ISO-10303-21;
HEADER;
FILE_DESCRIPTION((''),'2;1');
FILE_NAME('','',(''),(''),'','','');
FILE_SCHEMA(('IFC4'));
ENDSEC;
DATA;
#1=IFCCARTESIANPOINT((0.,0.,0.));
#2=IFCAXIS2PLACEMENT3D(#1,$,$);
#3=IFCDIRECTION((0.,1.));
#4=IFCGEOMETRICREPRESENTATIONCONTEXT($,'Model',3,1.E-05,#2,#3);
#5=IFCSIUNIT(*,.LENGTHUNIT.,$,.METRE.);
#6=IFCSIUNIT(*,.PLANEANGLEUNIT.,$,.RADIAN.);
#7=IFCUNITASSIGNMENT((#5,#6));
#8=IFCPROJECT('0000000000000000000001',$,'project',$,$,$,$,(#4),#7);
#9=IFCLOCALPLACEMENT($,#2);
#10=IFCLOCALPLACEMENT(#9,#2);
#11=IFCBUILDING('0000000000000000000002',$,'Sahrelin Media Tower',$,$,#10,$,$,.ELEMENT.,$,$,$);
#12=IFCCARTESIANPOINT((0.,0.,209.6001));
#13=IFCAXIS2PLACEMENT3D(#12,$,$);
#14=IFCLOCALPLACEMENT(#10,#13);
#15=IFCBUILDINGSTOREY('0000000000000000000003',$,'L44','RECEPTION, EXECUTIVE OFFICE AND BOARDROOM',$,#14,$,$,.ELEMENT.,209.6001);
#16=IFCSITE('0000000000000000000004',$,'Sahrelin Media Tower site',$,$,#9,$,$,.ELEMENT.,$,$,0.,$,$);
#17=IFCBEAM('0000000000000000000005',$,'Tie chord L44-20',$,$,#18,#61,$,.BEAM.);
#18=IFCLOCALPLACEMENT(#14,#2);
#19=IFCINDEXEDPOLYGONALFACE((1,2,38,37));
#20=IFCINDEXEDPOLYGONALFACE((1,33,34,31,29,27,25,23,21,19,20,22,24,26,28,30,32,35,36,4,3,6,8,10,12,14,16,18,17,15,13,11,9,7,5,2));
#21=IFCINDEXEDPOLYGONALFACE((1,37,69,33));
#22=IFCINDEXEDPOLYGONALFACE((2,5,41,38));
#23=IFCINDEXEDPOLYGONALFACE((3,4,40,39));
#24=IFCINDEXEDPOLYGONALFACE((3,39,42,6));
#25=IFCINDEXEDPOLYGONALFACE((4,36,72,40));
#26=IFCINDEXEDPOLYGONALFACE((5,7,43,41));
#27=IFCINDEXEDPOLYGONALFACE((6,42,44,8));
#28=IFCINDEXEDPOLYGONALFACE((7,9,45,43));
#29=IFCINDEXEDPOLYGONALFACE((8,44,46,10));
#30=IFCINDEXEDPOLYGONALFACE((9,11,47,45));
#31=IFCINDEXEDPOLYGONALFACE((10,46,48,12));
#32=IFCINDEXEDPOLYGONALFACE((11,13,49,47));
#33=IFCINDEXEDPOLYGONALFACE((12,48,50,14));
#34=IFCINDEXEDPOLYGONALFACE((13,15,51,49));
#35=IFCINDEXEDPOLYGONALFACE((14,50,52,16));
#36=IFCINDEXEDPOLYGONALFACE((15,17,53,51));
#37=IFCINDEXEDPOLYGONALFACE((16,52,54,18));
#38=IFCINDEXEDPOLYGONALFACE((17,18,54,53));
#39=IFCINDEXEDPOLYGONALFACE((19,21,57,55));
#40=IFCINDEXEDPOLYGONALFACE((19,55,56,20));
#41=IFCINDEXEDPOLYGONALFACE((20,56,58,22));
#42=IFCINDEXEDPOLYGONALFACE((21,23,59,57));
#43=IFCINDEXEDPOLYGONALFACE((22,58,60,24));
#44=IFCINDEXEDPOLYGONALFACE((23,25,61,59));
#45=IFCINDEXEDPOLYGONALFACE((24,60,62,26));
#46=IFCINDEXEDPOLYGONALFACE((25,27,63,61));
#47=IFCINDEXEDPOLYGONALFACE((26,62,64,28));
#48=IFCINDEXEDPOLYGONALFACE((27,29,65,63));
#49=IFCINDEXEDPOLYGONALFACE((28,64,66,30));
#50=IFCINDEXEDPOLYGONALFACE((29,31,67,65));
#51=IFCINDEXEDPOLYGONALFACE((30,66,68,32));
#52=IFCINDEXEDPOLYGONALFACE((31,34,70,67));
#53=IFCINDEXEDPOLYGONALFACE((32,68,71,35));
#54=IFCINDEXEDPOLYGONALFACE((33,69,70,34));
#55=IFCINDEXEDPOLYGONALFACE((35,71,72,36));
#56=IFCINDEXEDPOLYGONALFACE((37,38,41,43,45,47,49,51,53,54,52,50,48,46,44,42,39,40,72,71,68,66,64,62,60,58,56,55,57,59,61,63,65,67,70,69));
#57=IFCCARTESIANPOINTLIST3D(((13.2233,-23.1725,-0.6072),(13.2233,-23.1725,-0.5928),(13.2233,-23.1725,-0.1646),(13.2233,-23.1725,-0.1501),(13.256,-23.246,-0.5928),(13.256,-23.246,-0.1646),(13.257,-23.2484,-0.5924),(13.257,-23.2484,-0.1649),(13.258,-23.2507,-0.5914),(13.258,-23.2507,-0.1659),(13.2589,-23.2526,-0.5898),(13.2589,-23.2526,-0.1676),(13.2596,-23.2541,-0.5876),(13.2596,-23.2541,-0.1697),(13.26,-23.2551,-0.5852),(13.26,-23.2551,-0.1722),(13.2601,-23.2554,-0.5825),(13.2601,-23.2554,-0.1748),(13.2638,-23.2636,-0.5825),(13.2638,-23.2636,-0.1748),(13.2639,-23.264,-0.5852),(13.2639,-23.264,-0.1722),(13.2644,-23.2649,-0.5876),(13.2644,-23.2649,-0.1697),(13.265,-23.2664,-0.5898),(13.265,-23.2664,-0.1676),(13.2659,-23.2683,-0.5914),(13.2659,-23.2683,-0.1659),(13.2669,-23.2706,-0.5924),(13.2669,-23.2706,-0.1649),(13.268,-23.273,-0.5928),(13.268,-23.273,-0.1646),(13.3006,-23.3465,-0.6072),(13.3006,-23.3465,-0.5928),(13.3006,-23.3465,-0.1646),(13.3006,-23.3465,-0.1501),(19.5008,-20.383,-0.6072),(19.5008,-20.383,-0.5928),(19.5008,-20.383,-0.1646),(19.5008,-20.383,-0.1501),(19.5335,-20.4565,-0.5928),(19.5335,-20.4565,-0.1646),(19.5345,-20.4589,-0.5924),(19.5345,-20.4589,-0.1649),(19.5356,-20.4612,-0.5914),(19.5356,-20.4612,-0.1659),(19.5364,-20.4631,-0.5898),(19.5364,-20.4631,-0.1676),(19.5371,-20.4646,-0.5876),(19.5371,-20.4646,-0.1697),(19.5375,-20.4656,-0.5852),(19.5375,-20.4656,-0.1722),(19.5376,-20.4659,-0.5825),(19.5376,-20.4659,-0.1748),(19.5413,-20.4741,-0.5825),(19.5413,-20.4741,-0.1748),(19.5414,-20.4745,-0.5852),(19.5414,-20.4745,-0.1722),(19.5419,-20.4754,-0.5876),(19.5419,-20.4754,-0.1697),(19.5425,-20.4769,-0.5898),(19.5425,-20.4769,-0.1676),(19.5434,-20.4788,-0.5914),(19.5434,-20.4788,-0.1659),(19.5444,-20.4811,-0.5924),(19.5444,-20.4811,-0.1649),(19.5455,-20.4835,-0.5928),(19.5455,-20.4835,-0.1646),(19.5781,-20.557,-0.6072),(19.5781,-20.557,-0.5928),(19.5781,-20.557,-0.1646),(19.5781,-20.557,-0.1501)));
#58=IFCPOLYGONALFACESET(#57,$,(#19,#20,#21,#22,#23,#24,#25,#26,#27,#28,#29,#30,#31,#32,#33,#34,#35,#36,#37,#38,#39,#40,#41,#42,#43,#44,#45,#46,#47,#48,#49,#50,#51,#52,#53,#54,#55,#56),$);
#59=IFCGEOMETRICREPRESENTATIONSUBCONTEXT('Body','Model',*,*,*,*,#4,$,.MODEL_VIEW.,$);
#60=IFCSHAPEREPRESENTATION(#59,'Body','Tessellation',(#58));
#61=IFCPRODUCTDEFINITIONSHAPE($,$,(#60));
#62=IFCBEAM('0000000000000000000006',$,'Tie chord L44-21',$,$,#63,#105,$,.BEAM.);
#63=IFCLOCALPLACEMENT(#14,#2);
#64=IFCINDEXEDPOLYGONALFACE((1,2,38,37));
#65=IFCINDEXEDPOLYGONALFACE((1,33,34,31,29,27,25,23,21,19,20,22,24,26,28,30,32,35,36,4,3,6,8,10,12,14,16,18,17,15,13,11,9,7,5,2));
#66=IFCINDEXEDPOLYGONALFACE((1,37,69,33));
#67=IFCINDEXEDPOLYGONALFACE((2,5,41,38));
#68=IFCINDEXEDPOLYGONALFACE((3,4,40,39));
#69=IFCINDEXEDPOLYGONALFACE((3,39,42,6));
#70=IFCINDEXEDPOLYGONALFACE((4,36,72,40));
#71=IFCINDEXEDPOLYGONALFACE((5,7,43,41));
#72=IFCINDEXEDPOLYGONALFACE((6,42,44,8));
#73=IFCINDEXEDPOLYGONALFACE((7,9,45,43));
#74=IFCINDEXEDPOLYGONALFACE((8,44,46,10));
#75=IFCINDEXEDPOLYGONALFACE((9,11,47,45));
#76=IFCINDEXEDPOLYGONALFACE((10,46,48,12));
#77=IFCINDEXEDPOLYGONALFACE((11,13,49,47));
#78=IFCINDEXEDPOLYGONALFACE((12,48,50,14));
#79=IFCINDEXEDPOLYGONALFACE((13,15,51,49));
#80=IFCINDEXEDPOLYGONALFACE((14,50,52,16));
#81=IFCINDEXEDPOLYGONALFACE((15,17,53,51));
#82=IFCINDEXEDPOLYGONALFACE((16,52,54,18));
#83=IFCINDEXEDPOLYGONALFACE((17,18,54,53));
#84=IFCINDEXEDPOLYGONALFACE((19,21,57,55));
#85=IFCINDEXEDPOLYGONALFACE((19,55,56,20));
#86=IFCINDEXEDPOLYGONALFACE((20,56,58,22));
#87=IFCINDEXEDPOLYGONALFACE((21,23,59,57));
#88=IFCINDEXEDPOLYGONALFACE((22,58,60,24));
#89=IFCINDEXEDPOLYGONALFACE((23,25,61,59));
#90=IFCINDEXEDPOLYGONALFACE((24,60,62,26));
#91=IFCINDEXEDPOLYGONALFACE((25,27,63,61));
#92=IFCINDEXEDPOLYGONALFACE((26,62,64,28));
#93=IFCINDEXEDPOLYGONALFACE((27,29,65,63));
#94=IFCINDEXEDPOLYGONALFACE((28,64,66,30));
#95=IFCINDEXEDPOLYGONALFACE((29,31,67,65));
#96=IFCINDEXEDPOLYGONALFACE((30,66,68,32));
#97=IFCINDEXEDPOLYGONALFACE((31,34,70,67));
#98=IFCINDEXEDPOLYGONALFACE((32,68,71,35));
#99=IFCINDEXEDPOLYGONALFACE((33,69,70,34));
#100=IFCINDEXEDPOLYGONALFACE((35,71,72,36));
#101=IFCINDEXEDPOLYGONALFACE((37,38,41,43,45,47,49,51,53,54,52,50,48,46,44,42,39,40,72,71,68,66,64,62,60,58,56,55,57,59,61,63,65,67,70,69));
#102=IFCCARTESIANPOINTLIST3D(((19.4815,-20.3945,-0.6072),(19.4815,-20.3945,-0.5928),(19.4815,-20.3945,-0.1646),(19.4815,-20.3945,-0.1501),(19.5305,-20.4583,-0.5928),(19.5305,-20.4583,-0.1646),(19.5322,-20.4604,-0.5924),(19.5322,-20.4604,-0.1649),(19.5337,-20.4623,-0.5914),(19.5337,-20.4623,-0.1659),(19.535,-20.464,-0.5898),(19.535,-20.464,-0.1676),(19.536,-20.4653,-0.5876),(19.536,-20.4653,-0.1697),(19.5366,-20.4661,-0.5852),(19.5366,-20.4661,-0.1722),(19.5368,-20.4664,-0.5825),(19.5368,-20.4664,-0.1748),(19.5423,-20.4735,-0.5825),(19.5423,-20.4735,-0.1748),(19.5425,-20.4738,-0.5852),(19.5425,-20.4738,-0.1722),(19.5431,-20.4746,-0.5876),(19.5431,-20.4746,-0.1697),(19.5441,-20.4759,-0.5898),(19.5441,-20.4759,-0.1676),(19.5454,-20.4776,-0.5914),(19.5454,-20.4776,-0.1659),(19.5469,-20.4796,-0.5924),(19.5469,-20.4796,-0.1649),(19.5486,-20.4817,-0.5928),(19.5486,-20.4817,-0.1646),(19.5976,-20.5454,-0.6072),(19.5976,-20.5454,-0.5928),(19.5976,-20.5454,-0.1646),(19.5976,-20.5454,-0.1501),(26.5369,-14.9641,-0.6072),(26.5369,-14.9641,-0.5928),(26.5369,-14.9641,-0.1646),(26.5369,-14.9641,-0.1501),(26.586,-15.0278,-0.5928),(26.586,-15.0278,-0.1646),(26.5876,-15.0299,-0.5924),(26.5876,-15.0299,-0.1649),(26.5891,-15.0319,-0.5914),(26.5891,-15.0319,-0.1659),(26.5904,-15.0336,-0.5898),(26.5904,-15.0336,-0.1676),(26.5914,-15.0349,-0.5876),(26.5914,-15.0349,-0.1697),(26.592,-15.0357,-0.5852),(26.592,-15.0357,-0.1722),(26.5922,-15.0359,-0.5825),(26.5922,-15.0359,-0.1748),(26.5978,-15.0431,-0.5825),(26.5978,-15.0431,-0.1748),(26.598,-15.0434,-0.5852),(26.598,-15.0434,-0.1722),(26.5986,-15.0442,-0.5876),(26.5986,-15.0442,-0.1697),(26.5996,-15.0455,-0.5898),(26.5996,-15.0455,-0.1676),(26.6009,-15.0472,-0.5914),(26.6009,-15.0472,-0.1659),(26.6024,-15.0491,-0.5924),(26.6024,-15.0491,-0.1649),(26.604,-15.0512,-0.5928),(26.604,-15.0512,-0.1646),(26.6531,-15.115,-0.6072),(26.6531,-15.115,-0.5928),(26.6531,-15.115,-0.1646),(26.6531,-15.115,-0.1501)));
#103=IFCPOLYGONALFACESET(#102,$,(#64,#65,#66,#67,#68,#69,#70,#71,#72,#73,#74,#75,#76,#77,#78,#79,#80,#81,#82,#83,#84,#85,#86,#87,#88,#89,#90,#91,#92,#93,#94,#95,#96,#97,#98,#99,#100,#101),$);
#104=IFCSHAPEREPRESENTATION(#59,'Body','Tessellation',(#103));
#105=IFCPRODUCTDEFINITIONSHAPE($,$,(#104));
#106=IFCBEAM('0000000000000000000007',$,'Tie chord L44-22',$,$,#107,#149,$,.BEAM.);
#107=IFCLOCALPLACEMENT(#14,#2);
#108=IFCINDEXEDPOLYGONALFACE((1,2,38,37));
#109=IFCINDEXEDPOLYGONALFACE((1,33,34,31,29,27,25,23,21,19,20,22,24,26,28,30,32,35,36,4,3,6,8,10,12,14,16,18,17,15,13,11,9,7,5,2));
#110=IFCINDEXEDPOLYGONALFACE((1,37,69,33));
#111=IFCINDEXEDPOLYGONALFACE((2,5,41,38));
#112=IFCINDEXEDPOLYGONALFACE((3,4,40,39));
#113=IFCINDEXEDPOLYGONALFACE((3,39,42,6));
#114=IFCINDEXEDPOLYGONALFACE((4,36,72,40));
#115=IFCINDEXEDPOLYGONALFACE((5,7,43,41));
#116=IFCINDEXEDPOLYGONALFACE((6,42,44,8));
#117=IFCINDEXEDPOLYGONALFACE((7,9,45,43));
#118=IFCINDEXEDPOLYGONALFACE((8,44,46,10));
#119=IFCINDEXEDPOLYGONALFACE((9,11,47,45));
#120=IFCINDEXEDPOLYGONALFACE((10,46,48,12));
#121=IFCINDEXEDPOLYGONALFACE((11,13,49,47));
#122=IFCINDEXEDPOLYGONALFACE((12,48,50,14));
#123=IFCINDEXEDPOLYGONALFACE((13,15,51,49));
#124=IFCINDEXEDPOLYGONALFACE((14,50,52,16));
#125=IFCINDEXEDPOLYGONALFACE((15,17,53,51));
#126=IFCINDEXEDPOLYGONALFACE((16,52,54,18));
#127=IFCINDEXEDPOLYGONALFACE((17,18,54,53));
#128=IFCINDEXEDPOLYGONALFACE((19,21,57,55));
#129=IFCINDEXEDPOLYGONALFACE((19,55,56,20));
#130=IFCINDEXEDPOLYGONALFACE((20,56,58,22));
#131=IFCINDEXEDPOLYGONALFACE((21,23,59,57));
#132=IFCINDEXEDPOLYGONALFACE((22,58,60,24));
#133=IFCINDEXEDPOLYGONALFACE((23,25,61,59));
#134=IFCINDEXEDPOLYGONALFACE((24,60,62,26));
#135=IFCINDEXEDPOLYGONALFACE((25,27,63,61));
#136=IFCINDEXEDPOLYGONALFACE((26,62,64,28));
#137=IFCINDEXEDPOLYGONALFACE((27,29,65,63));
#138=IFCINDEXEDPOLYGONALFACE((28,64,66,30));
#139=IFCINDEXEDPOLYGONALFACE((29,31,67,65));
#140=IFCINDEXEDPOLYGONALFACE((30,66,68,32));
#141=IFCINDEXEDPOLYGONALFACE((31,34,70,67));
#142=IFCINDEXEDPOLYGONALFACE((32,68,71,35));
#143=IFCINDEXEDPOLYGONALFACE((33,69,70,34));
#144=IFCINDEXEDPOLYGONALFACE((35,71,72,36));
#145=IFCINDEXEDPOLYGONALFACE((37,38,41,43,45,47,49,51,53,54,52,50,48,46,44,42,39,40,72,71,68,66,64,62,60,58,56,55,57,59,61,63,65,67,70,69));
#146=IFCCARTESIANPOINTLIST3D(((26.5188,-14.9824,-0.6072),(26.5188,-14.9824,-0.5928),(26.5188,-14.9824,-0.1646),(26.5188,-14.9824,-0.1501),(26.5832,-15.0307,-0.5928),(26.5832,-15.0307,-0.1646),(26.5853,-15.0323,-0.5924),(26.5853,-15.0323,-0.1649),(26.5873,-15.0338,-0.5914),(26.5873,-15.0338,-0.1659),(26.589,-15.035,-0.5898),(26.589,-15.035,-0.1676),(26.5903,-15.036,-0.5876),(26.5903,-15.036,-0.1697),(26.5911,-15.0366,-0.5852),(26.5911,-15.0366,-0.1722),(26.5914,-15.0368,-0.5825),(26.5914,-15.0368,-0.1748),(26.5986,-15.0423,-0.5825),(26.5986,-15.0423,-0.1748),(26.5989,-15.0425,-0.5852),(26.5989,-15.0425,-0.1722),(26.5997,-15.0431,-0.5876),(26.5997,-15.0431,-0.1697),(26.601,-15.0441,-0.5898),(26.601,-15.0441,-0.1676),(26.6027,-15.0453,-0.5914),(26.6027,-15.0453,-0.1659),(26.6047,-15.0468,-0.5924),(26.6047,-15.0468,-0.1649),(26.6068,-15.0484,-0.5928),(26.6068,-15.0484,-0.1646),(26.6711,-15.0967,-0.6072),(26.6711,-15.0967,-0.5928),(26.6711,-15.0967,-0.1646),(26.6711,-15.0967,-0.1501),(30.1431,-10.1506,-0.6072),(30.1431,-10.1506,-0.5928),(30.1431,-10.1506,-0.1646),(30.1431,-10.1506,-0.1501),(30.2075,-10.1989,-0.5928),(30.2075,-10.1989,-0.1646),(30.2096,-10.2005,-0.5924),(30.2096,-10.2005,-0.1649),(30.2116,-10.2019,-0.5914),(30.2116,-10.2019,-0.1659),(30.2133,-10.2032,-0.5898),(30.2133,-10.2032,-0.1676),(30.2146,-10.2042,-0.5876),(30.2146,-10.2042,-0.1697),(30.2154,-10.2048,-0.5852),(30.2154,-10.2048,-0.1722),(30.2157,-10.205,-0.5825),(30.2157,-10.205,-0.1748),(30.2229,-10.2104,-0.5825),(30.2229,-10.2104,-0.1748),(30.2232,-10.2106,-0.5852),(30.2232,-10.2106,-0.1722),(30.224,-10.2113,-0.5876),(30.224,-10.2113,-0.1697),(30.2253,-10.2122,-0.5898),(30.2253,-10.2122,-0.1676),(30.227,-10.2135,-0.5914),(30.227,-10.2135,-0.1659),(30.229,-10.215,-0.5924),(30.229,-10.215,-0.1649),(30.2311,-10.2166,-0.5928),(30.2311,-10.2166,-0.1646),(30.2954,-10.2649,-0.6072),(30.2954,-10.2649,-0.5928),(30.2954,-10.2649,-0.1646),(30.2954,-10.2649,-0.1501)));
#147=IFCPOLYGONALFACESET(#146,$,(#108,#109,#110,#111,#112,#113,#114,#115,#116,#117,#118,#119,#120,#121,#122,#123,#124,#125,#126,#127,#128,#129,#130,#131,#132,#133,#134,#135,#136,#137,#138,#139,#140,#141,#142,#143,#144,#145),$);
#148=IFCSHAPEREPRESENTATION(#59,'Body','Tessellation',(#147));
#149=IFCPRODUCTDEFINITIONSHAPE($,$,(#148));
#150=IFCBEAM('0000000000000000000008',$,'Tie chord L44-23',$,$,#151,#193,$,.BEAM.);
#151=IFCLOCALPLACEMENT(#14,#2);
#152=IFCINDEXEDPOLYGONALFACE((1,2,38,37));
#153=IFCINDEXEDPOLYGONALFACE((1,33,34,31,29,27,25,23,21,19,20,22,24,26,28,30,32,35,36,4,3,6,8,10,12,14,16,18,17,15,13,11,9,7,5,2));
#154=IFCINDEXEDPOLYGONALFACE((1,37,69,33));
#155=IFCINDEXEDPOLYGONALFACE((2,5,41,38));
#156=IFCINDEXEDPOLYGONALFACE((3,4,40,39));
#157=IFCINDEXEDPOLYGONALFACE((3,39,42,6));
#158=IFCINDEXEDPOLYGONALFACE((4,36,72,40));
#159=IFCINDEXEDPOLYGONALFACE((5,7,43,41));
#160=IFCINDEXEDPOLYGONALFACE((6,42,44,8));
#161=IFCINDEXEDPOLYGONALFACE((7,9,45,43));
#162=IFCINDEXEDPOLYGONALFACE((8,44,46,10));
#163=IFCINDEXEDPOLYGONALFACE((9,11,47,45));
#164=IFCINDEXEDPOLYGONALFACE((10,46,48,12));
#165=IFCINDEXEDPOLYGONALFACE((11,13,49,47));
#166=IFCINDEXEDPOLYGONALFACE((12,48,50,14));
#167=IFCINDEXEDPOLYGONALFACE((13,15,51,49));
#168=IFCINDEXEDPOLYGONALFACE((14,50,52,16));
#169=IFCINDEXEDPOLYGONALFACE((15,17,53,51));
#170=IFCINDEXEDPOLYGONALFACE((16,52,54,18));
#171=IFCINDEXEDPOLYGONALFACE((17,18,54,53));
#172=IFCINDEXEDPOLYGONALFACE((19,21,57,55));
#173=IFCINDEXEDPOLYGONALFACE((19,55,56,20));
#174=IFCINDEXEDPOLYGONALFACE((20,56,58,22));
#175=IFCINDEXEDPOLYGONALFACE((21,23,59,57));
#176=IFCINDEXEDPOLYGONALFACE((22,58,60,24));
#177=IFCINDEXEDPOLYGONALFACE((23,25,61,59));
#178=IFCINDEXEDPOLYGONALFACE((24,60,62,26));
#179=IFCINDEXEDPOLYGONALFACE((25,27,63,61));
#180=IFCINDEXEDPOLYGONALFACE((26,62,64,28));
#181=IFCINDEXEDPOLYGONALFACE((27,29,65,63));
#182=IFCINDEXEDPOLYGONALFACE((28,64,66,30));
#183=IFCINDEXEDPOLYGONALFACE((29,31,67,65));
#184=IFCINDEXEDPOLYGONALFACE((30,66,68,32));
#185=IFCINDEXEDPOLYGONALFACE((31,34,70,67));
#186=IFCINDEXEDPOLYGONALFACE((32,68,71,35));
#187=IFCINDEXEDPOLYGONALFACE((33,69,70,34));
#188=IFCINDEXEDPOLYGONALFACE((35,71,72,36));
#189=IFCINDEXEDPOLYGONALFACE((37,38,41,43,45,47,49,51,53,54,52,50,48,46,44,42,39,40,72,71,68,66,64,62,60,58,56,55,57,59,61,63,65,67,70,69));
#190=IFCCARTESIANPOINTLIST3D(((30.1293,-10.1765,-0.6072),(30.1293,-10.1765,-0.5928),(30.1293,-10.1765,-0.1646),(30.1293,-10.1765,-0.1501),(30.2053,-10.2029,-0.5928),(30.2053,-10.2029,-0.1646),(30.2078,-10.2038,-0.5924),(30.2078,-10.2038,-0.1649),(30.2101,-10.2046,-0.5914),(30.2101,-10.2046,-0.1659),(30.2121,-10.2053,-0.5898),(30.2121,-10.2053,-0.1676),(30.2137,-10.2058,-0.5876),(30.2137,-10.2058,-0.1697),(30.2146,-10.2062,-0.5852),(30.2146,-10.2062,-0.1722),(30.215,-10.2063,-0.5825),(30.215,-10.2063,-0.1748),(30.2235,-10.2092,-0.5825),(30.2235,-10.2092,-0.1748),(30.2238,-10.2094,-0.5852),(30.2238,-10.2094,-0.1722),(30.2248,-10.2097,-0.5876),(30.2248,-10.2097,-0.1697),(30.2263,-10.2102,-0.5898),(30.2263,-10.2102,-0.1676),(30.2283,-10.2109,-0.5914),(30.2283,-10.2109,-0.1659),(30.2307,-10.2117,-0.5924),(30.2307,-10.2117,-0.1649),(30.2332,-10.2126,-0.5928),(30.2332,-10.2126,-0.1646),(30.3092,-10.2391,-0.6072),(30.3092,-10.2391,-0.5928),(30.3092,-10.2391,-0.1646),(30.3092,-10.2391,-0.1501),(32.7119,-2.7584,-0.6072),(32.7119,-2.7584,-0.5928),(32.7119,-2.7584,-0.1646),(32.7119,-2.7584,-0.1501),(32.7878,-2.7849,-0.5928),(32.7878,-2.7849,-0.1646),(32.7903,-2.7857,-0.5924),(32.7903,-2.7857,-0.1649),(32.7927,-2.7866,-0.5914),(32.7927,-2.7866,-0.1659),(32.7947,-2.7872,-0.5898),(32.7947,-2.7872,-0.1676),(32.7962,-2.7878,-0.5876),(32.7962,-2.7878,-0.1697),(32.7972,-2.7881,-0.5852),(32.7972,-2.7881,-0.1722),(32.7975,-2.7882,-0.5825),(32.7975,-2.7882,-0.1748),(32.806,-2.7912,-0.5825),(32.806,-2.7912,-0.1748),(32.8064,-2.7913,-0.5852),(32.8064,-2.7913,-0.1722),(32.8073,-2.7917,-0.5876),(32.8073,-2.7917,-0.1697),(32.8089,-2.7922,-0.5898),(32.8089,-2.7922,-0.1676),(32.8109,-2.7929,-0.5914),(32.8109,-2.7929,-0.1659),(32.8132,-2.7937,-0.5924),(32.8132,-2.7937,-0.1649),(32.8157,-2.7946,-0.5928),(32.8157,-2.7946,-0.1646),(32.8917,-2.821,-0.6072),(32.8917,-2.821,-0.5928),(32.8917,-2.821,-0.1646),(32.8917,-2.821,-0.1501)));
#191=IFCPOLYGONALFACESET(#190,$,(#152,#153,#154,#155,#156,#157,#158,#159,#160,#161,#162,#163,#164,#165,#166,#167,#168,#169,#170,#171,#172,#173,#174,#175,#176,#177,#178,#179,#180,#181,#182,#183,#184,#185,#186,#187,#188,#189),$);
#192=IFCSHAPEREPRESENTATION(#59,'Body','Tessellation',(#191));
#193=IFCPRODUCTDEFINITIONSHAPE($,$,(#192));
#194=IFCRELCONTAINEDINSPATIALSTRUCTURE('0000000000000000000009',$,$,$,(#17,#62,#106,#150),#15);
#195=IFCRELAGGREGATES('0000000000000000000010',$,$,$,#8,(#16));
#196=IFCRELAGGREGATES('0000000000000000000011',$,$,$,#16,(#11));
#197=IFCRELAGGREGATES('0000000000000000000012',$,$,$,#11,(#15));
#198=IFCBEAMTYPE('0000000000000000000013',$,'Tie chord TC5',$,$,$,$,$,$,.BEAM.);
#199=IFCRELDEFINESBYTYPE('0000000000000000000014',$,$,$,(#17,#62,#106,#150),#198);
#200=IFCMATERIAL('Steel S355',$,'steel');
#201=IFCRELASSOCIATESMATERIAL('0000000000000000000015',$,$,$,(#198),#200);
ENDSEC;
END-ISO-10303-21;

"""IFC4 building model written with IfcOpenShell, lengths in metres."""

from ifc_helpers import new_model, si_unit, direction, frame, origin, origin_2d, place, context, subcontext, project, spatial, i_section, extrude, material, material_profile, profile_set, type_object, element, save


model = new_model("IFC4")

# Units and contexts
model_context = context("Model", 3, precision=1e-05, world=origin(), true_north=direction((0.0, 1.0)))
body_context = subcontext(model_context, "Body", "Model", "MODEL_VIEW")
ifc_project = project(units=[si_unit("LENGTHUNIT", "METRE"), si_unit("PLANEANGLEUNIT", "RADIAN")], contexts=[model_context])

# Site, building, storey
site_placement = place(None, origin())
site = spatial("IfcSite", under=ifc_project, at=site_placement, Name="Sahrelin Media Tower site", CompositionType="ELEMENT", RefElevation=0.0)
building_placement = place(site_placement, origin())
building = spatial("IfcBuilding", under=site, at=building_placement, Name="Sahrelin Media Tower", CompositionType="ELEMENT")
storey_placement = place(building_placement, frame((0.0, 0.0, 209.6001)))
storey = spatial("IfcBuildingStorey", under=building, at=storey_placement, Name="L44", Description="RECEPTION, EXECUTIVE OFFICE AND BOARDROOM", CompositionType="ELEMENT", Elevation=209.6001)

# Shared definitions
ifc_material_1 = material(Name="Steel S355", Category="steel")

# Beams
ifc_material_profile_1 = material_profile(ifc_material_1, i_section(OverallWidth=0.1904, OverallDepth=0.457, WebThickness=0.009, FlangeThickness=0.0144, FilletRadius=0.0103, at=origin_2d()), Name="UB 457x191x74")
ifc_profile_set_1 = profile_set([ifc_material_profile_1], Name="Steel S355")
beam_type_1 = type_object("IfcBeamType", Name="Tie chord TC5", PredefinedType="BEAM", material=ifc_profile_set_1)
beam_1_placement = place(storey_placement, frame((13.262, -23.2595, -0.3787), z_axis=(0.913838, 0.406079, 0.0), x_axis=(-0.406079, 0.913838, 0.0)))
element("IfcBeam", 1, at=beam_1_placement, inside=storey, type_object=beam_type_1, Name="Tie chord L44-20", PredefinedType="BEAM", context=body_context, shape_type="SweptSolid", body=[
    extrude(i_section(OverallWidth=0.1904, OverallDepth=0.457, WebThickness=0.009, FlangeThickness=0.0144, FilletRadius=0.0103, at=origin_2d()), origin(), (0.0, 0.0, 1.0), 6.8694),
])
beam_2_placement = place(storey_placement, frame((19.5396, -20.47, -0.3787), z_axis=(0.792452, 0.609935, 0.0), x_axis=(-0.609935, 0.792452, 0.0)))
element("IfcBeam", 2, at=beam_2_placement, inside=storey, type_object=beam_type_1, Name="Tie chord L44-21", PredefinedType="BEAM", context=body_context, shape_type="SweptSolid", body=[
    extrude(i_section(OverallWidth=0.1904, OverallDepth=0.457, WebThickness=0.009, FlangeThickness=0.0144, FilletRadius=0.0103, at=origin_2d()), origin(), (0.0, 0.0, 1.0), 8.9033),
])
beam_3_placement = place(storey_placement, frame((26.595, -15.0396, -0.3787), z_axis=(0.600045, 0.799966, 0.0), x_axis=(-0.799966, 0.600045, 0.0)))
element("IfcBeam", 3, at=beam_3_placement, inside=storey, type_object=beam_type_1, Name="Tie chord L44-22", PredefinedType="BEAM", context=body_context, shape_type="SweptSolid", body=[
    extrude(i_section(OverallWidth=0.1904, OverallDepth=0.457, WebThickness=0.009, FlangeThickness=0.0144, FilletRadius=0.0103, at=origin_2d()), origin(), (0.0, 0.0, 1.0), 6.04),
])
beam_4_placement = place(storey_placement, frame((30.2192, -10.2078, -0.3787), z_axis=(0.328788, 0.944404, 0.0), x_axis=(-0.944404, 0.328788, 0.0)))
element("IfcBeam", 4, at=beam_4_placement, inside=storey, type_object=beam_type_1, Name="Tie chord L44-23", PredefinedType="BEAM", context=body_context, shape_type="SweptSolid", body=[
    extrude(i_section(OverallWidth=0.1904, OverallDepth=0.457, WebThickness=0.009, FlangeThickness=0.0144, FilletRadius=0.0103, at=origin_2d()), origin(), (0.0, 0.0, 1.0), 7.8547),
])

save(model, "model.ifc")
